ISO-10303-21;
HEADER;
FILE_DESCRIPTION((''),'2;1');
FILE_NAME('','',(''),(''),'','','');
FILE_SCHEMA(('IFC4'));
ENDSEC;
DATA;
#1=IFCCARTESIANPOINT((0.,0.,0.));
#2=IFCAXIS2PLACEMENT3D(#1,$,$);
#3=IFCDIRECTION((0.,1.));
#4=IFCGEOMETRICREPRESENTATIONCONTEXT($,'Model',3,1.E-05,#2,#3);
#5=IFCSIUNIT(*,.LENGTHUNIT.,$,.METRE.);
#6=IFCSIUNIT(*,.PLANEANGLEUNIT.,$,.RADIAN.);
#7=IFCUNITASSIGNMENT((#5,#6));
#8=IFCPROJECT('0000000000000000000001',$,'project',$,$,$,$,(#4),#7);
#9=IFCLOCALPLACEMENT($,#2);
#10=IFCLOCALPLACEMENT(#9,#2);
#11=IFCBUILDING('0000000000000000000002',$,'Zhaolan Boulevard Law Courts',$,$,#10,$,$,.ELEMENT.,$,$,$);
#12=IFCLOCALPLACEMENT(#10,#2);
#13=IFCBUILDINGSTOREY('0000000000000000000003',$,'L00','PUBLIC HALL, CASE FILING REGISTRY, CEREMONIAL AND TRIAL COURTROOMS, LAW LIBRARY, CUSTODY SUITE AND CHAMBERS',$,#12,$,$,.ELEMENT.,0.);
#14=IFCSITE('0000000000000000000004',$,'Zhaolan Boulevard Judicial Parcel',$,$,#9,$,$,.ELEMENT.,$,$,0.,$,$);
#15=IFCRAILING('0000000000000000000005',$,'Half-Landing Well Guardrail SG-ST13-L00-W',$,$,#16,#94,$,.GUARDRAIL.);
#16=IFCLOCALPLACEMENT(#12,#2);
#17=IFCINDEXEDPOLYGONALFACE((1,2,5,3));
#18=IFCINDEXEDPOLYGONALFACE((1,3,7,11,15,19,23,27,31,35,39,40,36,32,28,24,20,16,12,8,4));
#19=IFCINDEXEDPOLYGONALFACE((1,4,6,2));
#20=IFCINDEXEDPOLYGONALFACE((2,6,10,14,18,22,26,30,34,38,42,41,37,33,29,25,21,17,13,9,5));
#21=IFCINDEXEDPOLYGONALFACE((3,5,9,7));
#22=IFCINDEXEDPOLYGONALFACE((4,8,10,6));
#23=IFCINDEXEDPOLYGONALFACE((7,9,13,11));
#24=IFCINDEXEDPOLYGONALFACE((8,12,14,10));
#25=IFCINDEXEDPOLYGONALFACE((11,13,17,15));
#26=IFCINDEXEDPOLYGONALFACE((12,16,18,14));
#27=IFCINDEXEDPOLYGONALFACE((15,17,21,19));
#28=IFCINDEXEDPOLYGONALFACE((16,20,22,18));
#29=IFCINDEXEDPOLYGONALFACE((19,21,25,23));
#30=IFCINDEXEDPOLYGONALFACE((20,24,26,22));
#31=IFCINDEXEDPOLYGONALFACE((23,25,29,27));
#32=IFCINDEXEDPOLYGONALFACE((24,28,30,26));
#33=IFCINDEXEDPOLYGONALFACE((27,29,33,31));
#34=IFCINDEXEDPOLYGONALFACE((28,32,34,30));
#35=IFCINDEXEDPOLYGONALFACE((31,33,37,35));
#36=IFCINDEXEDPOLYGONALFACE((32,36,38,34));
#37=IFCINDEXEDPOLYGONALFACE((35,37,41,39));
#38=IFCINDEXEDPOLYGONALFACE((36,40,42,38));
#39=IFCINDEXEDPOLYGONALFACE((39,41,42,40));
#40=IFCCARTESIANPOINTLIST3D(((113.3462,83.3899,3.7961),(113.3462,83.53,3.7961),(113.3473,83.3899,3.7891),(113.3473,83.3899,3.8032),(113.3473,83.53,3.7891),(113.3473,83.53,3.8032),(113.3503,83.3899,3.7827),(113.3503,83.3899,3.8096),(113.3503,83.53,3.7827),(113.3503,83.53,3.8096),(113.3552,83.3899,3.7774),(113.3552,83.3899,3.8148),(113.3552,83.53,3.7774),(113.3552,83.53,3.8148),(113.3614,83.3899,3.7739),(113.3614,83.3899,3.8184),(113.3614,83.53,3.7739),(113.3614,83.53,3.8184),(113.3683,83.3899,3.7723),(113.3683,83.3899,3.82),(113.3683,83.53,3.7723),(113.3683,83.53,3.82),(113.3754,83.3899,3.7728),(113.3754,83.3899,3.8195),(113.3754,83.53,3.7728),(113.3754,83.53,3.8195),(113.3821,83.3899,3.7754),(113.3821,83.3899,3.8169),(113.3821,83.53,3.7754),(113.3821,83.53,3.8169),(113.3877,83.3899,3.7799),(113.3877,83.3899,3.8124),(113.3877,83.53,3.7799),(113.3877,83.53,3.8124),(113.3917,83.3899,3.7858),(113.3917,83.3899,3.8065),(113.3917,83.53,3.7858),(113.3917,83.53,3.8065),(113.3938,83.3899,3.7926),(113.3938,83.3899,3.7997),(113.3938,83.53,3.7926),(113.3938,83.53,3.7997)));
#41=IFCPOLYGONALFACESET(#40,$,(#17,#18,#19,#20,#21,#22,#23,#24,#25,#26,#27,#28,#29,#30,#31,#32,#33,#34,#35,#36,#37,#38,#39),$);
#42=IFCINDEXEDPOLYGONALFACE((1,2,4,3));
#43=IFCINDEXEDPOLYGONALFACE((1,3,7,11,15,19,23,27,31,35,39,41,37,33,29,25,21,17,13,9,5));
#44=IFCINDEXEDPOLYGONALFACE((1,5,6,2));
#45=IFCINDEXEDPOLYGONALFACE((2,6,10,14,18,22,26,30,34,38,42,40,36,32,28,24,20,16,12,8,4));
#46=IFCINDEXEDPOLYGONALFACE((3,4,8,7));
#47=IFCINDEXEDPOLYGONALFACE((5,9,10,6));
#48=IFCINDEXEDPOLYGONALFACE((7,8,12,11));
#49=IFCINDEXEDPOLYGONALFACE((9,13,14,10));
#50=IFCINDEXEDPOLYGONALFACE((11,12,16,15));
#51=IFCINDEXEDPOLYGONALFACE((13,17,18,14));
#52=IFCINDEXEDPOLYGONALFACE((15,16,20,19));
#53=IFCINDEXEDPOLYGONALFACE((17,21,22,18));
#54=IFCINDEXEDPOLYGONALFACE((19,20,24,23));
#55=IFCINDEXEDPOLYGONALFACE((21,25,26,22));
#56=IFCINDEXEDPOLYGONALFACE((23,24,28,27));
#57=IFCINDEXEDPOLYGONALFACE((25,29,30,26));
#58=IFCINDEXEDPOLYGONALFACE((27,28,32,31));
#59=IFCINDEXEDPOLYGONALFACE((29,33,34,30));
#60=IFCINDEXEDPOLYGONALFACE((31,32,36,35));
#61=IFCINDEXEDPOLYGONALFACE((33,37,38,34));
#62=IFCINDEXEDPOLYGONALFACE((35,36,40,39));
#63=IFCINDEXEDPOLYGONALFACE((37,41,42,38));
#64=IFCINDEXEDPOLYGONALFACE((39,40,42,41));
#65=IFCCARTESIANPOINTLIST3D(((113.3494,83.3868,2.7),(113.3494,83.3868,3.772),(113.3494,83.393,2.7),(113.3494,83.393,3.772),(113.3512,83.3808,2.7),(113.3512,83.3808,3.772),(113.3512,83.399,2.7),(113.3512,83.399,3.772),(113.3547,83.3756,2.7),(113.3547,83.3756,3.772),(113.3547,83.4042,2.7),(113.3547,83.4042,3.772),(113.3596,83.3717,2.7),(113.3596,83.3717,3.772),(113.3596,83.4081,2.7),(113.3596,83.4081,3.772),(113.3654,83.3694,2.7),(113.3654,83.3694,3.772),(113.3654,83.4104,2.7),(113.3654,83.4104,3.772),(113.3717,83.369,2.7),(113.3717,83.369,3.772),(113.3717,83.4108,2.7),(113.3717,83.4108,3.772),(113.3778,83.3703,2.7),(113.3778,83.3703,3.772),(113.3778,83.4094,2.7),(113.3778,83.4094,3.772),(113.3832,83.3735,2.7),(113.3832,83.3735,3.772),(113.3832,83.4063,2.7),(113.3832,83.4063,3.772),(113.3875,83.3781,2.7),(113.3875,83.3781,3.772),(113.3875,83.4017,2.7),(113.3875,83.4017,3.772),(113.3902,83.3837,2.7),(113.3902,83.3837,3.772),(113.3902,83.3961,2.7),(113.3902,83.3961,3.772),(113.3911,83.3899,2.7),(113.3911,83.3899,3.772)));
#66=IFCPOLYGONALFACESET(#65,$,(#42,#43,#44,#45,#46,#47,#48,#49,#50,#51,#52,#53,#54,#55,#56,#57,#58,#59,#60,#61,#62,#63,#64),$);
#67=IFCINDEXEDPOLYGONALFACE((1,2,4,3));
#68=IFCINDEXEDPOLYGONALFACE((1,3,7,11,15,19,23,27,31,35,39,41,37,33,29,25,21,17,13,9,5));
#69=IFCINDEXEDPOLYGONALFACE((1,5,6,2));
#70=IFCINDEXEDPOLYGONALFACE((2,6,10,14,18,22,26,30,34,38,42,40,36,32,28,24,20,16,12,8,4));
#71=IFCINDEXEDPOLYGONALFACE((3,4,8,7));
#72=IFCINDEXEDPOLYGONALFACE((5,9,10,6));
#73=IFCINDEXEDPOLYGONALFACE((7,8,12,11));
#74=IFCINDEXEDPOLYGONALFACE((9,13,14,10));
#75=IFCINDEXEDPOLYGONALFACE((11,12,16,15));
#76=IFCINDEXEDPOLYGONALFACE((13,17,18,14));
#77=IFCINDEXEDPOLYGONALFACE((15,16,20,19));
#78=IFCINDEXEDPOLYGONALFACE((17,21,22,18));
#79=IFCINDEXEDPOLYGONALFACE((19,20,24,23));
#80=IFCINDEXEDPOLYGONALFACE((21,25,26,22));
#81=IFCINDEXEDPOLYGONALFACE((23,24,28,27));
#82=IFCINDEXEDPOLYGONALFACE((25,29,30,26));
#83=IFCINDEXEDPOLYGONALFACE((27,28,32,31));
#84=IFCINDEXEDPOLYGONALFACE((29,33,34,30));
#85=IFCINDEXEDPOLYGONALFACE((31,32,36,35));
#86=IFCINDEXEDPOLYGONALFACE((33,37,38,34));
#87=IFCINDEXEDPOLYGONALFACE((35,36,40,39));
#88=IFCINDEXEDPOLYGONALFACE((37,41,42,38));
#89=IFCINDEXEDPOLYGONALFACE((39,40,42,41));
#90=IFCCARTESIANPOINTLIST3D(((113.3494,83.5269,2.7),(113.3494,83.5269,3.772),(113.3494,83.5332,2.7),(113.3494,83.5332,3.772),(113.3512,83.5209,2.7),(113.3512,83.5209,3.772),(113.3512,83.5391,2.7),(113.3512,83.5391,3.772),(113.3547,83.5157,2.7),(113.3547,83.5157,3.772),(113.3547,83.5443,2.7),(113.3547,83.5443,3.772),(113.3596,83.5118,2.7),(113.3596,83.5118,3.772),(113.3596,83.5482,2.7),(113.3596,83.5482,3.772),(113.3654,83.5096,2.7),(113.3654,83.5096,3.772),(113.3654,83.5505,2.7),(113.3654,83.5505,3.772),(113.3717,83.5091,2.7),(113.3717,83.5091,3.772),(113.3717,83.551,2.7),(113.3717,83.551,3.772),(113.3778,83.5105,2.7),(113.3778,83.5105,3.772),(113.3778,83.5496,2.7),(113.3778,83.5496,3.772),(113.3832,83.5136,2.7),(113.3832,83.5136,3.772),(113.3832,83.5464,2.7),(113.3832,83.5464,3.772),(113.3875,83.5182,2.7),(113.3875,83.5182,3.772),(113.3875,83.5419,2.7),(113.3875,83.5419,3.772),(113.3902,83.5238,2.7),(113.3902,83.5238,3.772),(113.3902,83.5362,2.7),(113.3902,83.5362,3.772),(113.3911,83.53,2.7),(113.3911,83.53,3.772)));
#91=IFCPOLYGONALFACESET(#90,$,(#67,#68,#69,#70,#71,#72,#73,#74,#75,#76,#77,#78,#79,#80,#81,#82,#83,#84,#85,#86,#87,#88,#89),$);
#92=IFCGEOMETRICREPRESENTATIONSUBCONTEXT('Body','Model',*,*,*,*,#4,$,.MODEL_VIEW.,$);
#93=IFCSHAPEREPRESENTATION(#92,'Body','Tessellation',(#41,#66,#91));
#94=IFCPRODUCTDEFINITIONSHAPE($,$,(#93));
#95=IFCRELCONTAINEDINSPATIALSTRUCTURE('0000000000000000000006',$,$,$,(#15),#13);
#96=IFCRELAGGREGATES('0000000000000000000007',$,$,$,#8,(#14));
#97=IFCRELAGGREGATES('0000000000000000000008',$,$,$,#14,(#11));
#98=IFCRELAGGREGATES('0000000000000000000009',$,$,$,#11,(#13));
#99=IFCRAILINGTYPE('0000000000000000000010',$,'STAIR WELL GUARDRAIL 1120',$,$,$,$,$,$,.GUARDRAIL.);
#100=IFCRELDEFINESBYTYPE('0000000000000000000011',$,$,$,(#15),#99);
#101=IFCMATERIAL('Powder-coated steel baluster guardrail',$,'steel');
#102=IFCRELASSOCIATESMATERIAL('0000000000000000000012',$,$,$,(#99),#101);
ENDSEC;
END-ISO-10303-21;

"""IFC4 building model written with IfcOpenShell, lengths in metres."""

from ifc_helpers import new_model, si_unit, direction, frame, origin, origin_2d, place, context, subcontext, project, spatial, circle, extrude, material, type_object, element, save


model = new_model("IFC4")

# Units and contexts
model_context = context("Model", 3, precision=1e-05, world=origin(), true_north=direction((0.0, 1.0)))
body_context = subcontext(model_context, "Body", "Model", "MODEL_VIEW")
ifc_project = project(units=[si_unit("LENGTHUNIT", "METRE"), si_unit("PLANEANGLEUNIT", "RADIAN")], contexts=[model_context])

# Site, building, storey
site_placement = place(None, origin())
site = spatial("IfcSite", under=ifc_project, at=site_placement, Name="Zhaolan Boulevard Judicial Parcel", CompositionType="ELEMENT", RefElevation=0.0)
building_placement = place(site_placement, origin())
building = spatial("IfcBuilding", under=site, at=building_placement, Name="Zhaolan Boulevard Law Courts", CompositionType="ELEMENT")
storey_placement = place(building_placement, origin())
storey = spatial("IfcBuildingStorey", under=building, at=storey_placement, Name="L00", Description="PUBLIC HALL, CASE FILING REGISTRY, CEREMONIAL AND TRIAL COURTROOMS, LAW LIBRARY, CUSTODY SUITE AND CHAMBERS", CompositionType="ELEMENT", Elevation=0.0)

# Railing
ifc_material_1 = material(Name="Powder-coated steel baluster guardrail", Category="steel")
railing_type_1 = type_object("IfcRailingType", Name="STAIR WELL GUARDRAIL 1120", PredefinedType="GUARDRAIL", material=ifc_material_1)
railing_1_placement = place(storey_placement, frame((113.3701, 83.3899, 2.7)))
element("IfcRailing", 1, at=railing_1_placement, inside=storey, type_object=railing_type_1, Name="Half-Landing Well Guardrail SG-ST13-L00-W", PredefinedType="GUARDRAIL", context=body_context, shape_type="SweptSolid", body=[
    extrude(circle(Radius=0.0239, at=origin_2d()), frame((0.0, 0.0, 1.0962), z_axis=(0.0, 1.0, 0.0), x_axis=(-1.0, 0.0, 0.0)), (0.0, 0.0, 1.0), 0.1401),
    extrude(circle(Radius=0.021, at=origin_2d()), origin(), (0.0, 0.0, 1.0), 1.072),
    extrude(circle(Radius=0.021, at=origin_2d()), frame((0.0, 0.1401, 0.0)), (0.0, 0.0, 1.0), 1.072),
])

save(model, "model.ifc")
